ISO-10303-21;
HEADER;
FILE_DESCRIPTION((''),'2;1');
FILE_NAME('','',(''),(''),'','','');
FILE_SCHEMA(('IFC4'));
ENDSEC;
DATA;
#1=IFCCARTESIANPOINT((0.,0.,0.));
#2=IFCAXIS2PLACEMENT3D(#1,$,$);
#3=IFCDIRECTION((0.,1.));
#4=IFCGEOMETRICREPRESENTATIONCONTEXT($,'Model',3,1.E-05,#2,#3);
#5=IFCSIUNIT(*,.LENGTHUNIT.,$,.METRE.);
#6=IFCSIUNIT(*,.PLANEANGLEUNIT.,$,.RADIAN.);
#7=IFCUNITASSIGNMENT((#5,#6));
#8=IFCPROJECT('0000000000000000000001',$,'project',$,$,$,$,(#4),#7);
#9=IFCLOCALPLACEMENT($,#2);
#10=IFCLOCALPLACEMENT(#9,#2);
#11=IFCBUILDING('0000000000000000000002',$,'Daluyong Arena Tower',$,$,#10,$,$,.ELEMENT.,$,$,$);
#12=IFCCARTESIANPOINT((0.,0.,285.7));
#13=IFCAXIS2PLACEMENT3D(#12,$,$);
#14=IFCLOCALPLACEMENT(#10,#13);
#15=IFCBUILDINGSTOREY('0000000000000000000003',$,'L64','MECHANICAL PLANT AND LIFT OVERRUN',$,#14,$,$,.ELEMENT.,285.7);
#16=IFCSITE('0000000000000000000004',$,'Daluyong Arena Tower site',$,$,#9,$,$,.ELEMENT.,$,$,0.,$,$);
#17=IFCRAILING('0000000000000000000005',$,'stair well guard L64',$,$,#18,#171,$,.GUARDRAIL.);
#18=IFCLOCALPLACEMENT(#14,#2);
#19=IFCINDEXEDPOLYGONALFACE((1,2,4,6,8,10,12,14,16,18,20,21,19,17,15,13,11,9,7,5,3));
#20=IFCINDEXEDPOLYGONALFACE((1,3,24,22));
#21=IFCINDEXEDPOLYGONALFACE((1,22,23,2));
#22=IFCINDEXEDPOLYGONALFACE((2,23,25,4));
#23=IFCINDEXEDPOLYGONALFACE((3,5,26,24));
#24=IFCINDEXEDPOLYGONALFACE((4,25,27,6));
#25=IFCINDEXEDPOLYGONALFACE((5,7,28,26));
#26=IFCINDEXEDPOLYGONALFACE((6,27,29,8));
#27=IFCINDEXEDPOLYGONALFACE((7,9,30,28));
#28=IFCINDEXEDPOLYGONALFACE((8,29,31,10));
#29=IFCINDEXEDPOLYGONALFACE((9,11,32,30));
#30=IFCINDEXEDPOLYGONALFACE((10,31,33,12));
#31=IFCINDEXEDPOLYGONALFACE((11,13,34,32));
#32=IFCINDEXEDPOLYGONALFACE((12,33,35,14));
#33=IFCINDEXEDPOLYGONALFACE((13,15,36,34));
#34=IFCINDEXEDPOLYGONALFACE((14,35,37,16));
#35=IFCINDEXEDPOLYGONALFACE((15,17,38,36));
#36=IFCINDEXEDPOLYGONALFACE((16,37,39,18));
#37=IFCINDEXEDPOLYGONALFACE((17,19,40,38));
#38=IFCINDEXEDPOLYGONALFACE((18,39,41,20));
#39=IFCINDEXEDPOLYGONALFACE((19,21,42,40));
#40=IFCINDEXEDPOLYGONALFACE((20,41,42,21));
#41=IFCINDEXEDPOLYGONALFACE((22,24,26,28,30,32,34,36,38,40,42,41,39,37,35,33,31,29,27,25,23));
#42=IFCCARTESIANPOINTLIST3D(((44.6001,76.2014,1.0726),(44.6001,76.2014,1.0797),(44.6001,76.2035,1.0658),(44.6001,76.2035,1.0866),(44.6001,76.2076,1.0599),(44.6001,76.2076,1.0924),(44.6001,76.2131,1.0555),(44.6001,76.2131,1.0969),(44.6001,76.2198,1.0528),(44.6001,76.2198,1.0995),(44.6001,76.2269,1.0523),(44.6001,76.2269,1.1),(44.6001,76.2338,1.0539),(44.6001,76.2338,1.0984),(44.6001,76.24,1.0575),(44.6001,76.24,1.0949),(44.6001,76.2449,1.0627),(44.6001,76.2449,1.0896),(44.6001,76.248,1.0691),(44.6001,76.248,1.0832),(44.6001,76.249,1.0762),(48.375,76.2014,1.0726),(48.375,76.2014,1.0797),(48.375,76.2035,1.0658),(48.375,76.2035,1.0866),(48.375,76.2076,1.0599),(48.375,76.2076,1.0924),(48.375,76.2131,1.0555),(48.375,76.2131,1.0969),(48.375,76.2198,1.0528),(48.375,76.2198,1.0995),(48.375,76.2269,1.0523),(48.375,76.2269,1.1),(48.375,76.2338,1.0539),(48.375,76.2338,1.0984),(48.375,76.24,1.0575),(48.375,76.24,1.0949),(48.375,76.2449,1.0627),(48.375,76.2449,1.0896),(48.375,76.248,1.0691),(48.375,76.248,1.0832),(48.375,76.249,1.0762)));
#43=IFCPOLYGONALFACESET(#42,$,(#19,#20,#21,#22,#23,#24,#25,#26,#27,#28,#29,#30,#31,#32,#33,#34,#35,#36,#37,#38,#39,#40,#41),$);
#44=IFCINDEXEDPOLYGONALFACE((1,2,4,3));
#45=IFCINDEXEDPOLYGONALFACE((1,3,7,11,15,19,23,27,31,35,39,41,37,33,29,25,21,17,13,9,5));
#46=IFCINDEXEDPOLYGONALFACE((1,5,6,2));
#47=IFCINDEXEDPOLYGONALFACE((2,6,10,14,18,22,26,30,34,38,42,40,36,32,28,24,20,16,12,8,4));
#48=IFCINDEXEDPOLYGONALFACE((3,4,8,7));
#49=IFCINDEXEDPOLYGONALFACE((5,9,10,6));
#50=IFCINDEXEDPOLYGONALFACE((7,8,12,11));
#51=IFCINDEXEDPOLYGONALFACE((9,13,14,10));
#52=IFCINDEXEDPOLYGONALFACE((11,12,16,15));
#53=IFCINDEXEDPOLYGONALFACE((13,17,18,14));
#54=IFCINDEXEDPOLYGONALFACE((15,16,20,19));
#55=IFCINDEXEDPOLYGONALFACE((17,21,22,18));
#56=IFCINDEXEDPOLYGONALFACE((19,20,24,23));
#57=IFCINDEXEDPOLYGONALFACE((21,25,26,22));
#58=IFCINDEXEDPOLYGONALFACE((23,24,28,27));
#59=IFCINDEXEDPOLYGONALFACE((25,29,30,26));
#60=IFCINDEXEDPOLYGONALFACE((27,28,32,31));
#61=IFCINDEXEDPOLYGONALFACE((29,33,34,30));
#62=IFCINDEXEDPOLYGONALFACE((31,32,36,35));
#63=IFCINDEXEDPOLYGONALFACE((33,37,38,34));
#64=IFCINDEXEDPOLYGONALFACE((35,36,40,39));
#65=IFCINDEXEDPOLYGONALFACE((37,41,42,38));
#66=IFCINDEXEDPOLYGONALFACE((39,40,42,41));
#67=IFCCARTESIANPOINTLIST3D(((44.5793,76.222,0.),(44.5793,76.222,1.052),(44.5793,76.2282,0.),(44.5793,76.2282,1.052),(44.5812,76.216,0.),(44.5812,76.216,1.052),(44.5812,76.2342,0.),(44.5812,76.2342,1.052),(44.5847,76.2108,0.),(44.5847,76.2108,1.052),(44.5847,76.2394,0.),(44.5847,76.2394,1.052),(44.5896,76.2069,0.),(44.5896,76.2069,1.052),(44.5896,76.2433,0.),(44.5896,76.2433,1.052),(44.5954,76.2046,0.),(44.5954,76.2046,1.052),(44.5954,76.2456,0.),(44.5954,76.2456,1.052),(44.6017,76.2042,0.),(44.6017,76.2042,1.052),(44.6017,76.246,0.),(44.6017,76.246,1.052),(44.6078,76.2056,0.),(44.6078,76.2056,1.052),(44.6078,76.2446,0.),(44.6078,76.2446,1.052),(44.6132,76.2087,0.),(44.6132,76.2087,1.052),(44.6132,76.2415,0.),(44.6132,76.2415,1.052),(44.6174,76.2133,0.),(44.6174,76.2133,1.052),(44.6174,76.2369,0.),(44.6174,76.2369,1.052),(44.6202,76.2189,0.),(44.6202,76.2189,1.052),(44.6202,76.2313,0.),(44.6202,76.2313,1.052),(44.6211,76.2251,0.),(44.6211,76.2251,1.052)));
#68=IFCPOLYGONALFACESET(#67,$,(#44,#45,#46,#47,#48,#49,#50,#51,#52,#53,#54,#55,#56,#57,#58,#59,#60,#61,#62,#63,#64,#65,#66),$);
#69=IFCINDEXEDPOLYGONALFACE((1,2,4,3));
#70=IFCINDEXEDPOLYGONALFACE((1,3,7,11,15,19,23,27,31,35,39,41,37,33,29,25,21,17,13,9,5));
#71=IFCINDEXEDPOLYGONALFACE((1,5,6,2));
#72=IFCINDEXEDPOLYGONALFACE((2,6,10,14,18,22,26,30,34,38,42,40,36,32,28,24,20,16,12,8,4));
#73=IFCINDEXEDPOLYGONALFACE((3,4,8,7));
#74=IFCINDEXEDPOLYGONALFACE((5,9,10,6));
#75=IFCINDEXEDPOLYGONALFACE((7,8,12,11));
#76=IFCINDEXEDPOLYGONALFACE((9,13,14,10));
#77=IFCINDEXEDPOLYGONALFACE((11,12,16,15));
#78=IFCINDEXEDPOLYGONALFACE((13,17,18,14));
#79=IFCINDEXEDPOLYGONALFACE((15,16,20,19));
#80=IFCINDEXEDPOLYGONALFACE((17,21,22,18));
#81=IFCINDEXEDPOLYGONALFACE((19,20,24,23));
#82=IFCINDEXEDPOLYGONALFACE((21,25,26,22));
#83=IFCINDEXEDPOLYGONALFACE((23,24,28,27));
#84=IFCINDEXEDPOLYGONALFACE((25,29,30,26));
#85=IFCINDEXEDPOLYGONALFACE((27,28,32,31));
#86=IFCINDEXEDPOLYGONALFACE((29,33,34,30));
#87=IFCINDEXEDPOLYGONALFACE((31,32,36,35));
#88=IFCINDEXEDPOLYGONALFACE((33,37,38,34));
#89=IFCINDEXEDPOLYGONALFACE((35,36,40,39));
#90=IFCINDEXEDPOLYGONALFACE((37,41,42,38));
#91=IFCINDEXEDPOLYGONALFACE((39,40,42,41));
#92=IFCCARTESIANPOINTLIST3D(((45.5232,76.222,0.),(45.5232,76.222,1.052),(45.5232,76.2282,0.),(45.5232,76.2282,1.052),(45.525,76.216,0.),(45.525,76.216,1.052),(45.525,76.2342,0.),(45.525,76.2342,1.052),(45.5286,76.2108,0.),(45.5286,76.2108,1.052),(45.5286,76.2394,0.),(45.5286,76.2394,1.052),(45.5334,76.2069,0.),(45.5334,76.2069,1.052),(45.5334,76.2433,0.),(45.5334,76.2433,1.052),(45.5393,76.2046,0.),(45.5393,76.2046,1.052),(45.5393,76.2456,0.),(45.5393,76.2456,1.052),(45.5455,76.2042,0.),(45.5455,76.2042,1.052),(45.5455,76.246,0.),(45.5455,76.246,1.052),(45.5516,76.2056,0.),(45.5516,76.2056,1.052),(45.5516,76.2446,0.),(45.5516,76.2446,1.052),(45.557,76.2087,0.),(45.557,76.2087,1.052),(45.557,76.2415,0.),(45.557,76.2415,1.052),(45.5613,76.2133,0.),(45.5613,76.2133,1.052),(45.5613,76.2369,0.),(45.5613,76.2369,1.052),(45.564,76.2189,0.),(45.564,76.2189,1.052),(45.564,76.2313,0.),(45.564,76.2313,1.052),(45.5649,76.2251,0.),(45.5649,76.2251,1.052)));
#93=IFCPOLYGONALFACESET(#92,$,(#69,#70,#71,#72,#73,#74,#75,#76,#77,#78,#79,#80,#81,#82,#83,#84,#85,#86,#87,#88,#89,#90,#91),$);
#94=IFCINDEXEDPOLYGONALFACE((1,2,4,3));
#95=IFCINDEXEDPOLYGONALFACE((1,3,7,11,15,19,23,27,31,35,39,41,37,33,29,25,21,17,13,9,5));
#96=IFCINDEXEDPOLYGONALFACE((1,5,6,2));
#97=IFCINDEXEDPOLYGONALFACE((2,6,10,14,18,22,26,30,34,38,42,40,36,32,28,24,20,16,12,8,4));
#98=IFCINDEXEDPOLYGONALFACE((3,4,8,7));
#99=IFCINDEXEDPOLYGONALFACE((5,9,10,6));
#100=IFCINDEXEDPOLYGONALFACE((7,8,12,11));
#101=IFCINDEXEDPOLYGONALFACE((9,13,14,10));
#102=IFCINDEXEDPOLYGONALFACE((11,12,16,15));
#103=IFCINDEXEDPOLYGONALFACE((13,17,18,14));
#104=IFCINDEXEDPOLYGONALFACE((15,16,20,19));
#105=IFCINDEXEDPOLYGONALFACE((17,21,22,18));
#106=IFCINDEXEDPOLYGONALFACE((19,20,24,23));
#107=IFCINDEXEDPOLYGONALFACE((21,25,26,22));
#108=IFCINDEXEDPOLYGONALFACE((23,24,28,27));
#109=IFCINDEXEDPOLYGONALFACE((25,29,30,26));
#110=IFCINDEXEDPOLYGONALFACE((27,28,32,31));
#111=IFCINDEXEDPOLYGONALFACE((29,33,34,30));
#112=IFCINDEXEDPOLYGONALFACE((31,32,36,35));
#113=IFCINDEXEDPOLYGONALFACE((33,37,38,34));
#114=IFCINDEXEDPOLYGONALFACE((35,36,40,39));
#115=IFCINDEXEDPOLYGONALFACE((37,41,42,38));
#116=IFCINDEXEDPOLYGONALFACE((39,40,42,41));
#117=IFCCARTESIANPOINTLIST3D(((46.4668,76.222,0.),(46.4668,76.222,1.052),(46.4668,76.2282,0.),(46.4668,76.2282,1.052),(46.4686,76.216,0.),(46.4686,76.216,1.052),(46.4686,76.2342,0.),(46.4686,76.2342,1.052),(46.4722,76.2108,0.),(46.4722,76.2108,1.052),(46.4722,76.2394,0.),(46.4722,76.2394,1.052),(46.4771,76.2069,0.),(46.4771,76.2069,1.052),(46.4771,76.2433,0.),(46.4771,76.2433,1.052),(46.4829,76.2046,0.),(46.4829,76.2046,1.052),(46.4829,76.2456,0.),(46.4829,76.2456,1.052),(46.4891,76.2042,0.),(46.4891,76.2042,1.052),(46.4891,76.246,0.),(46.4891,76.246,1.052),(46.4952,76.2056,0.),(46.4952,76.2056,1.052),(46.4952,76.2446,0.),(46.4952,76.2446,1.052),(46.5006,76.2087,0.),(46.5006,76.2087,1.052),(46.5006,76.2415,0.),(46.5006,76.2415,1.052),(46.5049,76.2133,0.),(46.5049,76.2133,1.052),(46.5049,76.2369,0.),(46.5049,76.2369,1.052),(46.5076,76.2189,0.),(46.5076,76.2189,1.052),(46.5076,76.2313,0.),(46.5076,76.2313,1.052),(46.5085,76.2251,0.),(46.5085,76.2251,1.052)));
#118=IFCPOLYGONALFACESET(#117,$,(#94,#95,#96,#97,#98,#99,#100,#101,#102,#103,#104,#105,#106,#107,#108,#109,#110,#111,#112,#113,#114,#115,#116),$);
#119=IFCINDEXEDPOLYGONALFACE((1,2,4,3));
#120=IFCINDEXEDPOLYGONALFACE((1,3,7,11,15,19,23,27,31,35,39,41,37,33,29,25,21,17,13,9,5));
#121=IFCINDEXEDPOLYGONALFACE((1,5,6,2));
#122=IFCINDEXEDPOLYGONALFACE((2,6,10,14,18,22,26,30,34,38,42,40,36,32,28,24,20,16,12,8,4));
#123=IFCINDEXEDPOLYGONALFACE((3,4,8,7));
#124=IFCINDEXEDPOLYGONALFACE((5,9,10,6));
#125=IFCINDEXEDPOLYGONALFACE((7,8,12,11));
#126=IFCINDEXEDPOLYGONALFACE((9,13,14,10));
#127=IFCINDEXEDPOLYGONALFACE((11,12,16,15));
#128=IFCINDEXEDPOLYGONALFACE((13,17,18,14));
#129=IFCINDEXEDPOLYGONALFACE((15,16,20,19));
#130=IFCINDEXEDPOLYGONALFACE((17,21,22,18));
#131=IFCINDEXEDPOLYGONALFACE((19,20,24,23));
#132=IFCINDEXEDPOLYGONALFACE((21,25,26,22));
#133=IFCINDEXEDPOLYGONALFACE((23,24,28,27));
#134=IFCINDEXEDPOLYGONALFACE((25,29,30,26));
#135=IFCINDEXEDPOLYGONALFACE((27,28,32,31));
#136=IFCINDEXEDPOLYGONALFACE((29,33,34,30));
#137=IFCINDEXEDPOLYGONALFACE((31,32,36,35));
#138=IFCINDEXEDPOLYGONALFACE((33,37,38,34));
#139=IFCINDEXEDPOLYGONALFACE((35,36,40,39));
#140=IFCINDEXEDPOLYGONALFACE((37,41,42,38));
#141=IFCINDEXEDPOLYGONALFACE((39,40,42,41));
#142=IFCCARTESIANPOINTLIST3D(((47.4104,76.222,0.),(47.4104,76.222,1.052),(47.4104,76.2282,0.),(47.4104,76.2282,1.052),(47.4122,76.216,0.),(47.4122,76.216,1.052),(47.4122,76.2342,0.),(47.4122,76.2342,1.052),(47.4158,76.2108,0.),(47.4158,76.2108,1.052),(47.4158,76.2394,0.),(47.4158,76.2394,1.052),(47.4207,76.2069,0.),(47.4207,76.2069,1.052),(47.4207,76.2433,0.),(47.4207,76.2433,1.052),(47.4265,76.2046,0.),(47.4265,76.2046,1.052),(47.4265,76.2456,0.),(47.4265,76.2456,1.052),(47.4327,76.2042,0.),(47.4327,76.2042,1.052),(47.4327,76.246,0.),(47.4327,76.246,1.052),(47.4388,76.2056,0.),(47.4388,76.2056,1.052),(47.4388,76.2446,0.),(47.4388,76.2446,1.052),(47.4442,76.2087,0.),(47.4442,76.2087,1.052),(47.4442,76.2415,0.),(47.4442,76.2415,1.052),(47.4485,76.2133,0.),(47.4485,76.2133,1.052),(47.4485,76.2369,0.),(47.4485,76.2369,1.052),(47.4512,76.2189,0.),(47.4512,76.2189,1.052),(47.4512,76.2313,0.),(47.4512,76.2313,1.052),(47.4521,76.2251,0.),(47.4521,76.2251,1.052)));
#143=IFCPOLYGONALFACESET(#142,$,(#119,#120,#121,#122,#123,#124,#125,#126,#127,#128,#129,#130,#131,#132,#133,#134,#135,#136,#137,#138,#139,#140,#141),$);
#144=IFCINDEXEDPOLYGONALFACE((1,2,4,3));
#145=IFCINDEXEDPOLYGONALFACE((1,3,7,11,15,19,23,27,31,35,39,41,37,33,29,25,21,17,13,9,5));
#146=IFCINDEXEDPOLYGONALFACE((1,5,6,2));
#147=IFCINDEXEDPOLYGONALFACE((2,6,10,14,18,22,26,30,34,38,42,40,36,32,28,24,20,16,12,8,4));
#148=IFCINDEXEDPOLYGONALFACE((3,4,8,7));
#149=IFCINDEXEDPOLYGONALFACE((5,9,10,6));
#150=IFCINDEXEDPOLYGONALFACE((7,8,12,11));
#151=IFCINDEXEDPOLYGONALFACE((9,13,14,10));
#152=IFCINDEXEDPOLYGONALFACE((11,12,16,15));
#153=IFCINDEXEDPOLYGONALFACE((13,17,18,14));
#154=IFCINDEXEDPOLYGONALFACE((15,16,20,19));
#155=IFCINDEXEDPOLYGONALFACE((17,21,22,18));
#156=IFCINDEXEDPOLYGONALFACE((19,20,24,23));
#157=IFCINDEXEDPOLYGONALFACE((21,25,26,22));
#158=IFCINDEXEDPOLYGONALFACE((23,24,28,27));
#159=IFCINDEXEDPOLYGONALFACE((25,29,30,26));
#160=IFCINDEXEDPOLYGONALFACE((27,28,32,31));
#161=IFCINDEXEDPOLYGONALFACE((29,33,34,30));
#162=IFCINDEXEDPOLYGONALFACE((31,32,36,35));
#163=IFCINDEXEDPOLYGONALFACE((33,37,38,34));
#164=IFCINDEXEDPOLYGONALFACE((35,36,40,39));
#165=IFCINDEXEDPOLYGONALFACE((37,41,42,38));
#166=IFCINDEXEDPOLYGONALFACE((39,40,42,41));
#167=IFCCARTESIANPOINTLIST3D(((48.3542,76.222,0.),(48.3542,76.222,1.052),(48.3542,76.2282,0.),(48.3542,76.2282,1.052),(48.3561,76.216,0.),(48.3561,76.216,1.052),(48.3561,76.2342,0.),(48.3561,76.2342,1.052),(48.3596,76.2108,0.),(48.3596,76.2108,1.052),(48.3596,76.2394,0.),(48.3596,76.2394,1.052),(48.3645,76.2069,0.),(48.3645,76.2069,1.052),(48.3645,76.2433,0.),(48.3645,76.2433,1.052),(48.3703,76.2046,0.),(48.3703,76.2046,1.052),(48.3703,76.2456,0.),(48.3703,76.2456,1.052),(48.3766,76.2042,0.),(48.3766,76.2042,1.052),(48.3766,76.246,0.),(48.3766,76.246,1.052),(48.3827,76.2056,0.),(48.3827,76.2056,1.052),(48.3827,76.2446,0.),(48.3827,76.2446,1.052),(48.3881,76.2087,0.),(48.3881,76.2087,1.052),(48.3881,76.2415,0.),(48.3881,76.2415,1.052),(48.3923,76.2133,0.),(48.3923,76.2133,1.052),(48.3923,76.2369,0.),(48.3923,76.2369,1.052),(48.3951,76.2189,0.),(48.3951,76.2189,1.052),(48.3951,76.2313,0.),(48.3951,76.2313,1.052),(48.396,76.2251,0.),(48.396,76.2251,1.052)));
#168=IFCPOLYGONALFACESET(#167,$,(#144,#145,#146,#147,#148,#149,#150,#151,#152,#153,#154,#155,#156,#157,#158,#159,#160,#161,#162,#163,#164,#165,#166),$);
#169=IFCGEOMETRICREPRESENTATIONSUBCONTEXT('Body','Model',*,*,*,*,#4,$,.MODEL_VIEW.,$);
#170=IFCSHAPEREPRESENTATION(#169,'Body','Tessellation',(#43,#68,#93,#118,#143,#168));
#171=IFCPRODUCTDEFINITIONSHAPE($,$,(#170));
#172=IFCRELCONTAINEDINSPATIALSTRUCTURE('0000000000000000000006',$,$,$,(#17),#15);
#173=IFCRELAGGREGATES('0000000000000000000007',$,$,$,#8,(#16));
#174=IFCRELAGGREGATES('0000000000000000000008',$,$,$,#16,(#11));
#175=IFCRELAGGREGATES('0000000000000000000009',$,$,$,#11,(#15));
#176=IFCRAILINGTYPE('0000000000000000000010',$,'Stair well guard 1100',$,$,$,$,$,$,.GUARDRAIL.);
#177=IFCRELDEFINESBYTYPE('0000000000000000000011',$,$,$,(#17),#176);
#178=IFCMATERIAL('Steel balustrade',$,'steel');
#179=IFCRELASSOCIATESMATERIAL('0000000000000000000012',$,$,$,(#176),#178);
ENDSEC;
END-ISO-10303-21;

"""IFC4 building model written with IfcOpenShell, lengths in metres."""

from ifc_helpers import new_model, si_unit, direction, frame, origin, origin_2d, place, context, subcontext, project, spatial, circle, extrude, material, type_object, element, save


model = new_model("IFC4")

# Units and contexts
model_context = context("Model", 3, precision=1e-05, world=origin(), true_north=direction((0.0, 1.0)))
body_context = subcontext(model_context, "Body", "Model", "MODEL_VIEW")
ifc_project = project(units=[si_unit("LENGTHUNIT", "METRE"), si_unit("PLANEANGLEUNIT", "RADIAN")], contexts=[model_context])

# Site, building, storey
site_placement = place(None, origin())
site = spatial("IfcSite", under=ifc_project, at=site_placement, Name="Daluyong Arena Tower site", CompositionType="ELEMENT", RefElevation=0.0)
building_placement = place(site_placement, origin())
building = spatial("IfcBuilding", under=site, at=building_placement, Name="Daluyong Arena Tower", CompositionType="ELEMENT")
storey_placement = place(building_placement, frame((0.0, 0.0, 285.7)))
storey = spatial("IfcBuildingStorey", under=building, at=storey_placement, Name="L64", Description="MECHANICAL PLANT AND LIFT OVERRUN", CompositionType="ELEMENT", Elevation=285.7)

# Railing
ifc_material_1 = material(Name="Steel balustrade", Category="steel")
railing_type = type_object("IfcRailingType", Name="Stair well guard 1100", PredefinedType="GUARDRAIL", material=ifc_material_1)
railing_placement = place(storey_placement, frame((44.6001, 76.2251, 0.0)))
element("IfcRailing", 1, at=railing_placement, inside=storey, type_object=railing_type, Name="stair well guard L64", PredefinedType="GUARDRAIL", context=body_context, shape_type="SweptSolid", body=[
    extrude(circle(Radius=0.0239, at=origin_2d()), frame((0.0, 0.0, 1.0762), z_axis=(1.0, 0.0, 0.0), x_axis=(0.0, 1.0, 0.0)), (0.0, 0.0, 1.0), 3.7749),
    extrude(circle(Radius=0.021, at=origin_2d()), origin(), (0.0, 0.0, 1.0), 1.052),
    extrude(circle(Radius=0.021, at=origin_2d()), frame((0.9438, 0.0, 0.0)), (0.0, 0.0, 1.0), 1.052),
    extrude(circle(Radius=0.021, at=origin_2d()), frame((1.8875, 0.0, 0.0)), (0.0, 0.0, 1.0), 1.052),
    extrude(circle(Radius=0.021, at=origin_2d()), frame((2.8311, 0.0, 0.0)), (0.0, 0.0, 1.0), 1.052),
    extrude(circle(Radius=0.021, at=origin_2d()), frame((3.7749, 0.0, 0.0)), (0.0, 0.0, 1.0), 1.052),
])

save(model, "model.ifc")
